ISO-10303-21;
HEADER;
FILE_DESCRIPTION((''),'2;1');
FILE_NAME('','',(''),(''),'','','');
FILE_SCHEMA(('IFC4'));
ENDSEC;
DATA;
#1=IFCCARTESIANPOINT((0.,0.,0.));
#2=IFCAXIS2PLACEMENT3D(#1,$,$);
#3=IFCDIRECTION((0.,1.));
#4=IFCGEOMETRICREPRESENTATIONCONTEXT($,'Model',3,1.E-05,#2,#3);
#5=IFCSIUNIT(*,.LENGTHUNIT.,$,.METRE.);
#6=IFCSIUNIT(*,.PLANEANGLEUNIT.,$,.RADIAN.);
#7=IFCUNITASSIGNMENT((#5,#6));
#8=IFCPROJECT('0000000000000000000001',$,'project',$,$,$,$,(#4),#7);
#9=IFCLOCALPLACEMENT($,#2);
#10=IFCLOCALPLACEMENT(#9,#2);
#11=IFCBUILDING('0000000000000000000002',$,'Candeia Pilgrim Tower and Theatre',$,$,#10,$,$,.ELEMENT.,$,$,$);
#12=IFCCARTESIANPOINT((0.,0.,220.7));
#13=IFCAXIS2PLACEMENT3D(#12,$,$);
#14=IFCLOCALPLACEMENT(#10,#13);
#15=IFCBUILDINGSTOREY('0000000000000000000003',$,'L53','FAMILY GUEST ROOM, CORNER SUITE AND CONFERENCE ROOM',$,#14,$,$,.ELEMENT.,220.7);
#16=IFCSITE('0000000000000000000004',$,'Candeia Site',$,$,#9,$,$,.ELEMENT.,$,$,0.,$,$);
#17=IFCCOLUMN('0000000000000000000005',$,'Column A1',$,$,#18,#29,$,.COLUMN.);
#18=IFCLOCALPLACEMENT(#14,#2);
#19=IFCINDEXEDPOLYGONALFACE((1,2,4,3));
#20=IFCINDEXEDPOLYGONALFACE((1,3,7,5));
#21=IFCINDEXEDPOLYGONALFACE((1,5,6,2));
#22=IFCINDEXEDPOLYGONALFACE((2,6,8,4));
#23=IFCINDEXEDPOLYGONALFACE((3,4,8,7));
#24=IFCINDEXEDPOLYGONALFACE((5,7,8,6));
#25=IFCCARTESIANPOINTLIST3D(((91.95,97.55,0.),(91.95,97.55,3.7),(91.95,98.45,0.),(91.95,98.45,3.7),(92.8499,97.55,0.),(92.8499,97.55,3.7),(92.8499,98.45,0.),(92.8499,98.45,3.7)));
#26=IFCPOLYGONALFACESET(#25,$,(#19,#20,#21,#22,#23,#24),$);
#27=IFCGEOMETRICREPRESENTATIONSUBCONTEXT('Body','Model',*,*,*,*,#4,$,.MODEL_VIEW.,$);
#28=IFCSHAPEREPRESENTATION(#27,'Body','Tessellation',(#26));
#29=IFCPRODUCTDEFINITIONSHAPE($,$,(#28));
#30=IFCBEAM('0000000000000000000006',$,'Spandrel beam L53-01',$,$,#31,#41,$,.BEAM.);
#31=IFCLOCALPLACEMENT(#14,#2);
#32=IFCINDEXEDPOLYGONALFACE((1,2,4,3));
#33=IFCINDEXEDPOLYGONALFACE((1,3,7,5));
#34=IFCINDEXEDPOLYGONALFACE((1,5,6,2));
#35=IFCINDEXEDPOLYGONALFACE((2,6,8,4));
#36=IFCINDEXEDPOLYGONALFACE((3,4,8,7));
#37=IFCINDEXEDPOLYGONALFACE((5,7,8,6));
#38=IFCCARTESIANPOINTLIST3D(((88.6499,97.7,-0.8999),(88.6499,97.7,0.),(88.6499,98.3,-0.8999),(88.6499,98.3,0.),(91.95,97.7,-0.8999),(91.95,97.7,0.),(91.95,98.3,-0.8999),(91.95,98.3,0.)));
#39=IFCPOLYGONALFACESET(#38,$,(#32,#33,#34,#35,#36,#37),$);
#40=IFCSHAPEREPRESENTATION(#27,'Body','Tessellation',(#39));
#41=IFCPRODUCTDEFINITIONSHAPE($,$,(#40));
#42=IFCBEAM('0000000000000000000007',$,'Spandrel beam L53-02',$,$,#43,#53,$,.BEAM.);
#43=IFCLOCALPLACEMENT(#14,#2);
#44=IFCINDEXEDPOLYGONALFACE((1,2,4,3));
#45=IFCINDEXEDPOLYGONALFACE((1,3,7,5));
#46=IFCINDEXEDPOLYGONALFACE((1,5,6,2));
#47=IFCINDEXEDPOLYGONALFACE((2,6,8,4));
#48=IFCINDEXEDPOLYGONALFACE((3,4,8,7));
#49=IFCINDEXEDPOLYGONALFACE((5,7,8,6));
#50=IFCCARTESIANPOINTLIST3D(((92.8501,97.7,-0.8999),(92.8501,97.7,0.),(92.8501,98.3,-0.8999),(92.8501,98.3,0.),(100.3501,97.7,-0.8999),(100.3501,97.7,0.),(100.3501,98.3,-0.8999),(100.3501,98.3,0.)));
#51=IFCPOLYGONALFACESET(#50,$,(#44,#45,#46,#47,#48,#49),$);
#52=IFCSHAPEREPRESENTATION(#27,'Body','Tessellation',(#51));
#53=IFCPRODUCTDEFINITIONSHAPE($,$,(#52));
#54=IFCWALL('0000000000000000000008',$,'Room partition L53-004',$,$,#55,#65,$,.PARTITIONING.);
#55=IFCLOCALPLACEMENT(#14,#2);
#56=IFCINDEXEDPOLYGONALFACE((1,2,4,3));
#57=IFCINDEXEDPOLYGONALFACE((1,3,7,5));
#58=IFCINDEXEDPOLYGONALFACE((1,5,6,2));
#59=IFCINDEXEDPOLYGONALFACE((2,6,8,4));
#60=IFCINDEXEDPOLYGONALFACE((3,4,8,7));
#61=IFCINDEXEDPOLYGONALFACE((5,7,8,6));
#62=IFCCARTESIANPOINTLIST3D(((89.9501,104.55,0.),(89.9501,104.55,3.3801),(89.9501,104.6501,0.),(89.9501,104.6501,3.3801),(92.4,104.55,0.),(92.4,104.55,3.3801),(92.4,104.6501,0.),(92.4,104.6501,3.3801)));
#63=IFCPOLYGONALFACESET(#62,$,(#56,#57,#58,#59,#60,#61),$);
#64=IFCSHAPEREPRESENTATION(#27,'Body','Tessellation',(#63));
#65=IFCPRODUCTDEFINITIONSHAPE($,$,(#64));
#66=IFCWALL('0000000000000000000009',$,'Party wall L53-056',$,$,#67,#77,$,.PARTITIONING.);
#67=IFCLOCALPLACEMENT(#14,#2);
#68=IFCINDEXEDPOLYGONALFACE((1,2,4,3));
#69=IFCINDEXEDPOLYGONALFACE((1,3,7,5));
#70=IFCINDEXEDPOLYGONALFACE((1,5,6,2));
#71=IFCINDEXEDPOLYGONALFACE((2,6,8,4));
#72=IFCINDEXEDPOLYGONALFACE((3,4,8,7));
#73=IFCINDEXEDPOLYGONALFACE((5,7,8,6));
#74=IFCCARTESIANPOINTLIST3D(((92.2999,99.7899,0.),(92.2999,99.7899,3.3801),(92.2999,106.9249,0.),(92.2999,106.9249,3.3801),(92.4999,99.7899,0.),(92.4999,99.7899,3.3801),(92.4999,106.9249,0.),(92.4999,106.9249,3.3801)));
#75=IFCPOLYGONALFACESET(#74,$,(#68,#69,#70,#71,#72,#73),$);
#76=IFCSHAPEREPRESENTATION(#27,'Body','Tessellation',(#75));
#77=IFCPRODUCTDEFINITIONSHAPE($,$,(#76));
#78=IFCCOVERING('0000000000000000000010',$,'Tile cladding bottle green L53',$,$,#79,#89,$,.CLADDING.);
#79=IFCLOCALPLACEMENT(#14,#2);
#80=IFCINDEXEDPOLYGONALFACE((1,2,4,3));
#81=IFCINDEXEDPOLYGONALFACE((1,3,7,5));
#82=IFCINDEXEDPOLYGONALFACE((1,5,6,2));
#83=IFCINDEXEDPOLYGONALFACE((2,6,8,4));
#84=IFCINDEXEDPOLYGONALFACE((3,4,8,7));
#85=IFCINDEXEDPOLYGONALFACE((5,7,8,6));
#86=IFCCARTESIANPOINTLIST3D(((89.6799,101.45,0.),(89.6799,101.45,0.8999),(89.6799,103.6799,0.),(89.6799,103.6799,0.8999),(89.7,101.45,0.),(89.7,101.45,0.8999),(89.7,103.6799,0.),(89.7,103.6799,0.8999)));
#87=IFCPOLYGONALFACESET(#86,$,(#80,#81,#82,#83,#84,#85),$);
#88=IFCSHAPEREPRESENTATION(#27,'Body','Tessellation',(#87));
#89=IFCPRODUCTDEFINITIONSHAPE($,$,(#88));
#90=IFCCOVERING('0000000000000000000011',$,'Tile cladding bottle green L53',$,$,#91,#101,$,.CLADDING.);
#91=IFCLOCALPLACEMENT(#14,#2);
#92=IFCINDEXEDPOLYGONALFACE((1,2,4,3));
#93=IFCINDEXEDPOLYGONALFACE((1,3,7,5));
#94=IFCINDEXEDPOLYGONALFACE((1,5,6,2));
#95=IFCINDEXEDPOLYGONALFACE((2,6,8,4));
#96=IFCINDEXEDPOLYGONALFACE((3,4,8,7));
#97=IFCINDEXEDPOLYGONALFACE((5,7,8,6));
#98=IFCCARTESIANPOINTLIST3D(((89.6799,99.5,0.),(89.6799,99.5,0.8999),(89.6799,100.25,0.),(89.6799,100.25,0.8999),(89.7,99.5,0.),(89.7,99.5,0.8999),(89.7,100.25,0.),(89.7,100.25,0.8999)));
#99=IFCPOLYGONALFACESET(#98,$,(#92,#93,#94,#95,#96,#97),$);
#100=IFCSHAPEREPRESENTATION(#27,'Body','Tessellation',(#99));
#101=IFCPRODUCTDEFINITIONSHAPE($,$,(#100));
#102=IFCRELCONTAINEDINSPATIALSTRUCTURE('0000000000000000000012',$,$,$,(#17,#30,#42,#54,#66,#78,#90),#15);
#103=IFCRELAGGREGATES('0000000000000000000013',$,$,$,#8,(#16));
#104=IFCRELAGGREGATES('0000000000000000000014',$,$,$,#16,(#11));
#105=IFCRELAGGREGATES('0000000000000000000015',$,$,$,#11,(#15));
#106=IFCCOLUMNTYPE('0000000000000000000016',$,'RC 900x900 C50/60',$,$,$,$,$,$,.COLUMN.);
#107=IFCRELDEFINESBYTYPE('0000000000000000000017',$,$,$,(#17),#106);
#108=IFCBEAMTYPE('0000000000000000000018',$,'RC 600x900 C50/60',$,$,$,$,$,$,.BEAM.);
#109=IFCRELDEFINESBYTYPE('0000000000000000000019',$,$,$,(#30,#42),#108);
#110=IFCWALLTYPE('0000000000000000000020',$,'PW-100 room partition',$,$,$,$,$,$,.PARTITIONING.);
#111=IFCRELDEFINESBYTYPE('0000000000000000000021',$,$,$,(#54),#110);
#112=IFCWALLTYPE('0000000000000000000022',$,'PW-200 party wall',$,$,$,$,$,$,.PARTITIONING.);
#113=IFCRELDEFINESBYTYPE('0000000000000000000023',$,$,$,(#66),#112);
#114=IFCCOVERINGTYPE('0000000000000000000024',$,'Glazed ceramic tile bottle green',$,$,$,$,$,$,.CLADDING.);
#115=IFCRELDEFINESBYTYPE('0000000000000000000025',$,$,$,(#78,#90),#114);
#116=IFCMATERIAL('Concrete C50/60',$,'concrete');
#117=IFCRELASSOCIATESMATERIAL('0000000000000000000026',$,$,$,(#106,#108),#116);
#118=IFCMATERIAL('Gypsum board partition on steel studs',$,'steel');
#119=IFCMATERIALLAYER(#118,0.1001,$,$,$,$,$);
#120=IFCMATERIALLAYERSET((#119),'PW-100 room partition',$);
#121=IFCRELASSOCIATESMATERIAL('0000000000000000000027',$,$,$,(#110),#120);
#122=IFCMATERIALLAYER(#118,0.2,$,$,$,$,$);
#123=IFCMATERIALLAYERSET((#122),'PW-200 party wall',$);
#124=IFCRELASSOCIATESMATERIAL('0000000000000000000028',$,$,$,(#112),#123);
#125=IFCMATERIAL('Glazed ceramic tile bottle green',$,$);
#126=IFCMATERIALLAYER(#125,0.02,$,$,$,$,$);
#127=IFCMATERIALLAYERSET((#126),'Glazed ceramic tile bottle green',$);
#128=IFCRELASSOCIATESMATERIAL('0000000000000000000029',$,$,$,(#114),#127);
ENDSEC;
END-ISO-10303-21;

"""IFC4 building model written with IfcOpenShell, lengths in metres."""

from ifc_helpers import new_model, si_unit, direction, frame, frame_2d, origin, origin_2d, place, context, subcontext, project, spatial, rectangle, extrude, material, layer, layer_set, material_profile, profile_set, type_object, element, save


model = new_model("IFC4")

# Units and contexts
model_context = context("Model", 3, precision=1e-05, world=origin(), true_north=direction((0.0, 1.0)))
body_context = subcontext(model_context, "Body", "Model", "MODEL_VIEW")
ifc_project = project(units=[si_unit("LENGTHUNIT", "METRE"), si_unit("PLANEANGLEUNIT", "RADIAN")], contexts=[model_context])

# Site, building, storey
site_placement = place(None, origin())
site = spatial("IfcSite", under=ifc_project, at=site_placement, Name="Candeia Site", CompositionType="ELEMENT", RefElevation=0.0)
building_placement = place(site_placement, origin())
building = spatial("IfcBuilding", under=site, at=building_placement, Name="Candeia Pilgrim Tower and Theatre", CompositionType="ELEMENT")
storey_placement = place(building_placement, frame((0.0, 0.0, 220.7)))
storey = spatial("IfcBuildingStorey", under=building, at=storey_placement, Name="L53", Description="FAMILY GUEST ROOM, CORNER SUITE AND CONFERENCE ROOM", CompositionType="ELEMENT", Elevation=220.7)

# Column
ifc_material_1 = material(Name="Concrete C50/60", Category="concrete")
ifc_material_profile_1 = material_profile(ifc_material_1, rectangle(XDim=0.8999, YDim=0.8999, at=origin_2d()))
ifc_profile_set_1 = profile_set([ifc_material_profile_1], Name="Concrete C50/60")
column_type = type_object("IfcColumnType", Name="RC 900x900 C50/60", PredefinedType="COLUMN", material=ifc_profile_set_1)
column_placement = place(storey_placement, frame((92.3999, 98.0, 0.0), z_axis=(0.0, 0.0, 1.0), x_axis=(1.0, 0.0, 0.0)))
element("IfcColumn", 1, at=column_placement, inside=storey, type_object=column_type, Name="Column A1", PredefinedType="COLUMN", context=body_context, shape_type="SweptSolid", body=[
    extrude(rectangle(XDim=0.8999, YDim=0.8999, at=origin_2d()), origin(), (0.0, 0.0, 1.0), 3.7),
])

# Beams
ifc_material_profile_2 = material_profile(ifc_material_1, rectangle(XDim=0.6001, YDim=0.8999, at=origin_2d()))
ifc_profile_set_2 = profile_set([ifc_material_profile_2], Name="Concrete C50/60")
beam_type = type_object("IfcBeamType", Name="RC 600x900 C50/60", PredefinedType="BEAM", material=ifc_profile_set_2)
beam_1_placement = place(storey_placement, frame((88.6499, 98.0, -0.45), z_axis=(1.0, 0.0, 0.0), x_axis=(0.0, 1.0, 0.0)))
element("IfcBeam", 2, at=beam_1_placement, inside=storey, type_object=beam_type, Name="Spandrel beam L53-01", PredefinedType="BEAM", context=body_context, shape_type="SweptSolid", body=[
    extrude(rectangle(XDim=0.6001, YDim=0.8999, at=origin_2d()), origin(), (0.0, 0.0, 1.0), 3.3),
])
beam_2_placement = place(storey_placement, frame((92.8501, 98.0, -0.45), z_axis=(1.0, 0.0, 0.0), x_axis=(0.0, 1.0, 0.0)))
element("IfcBeam", 3, at=beam_2_placement, inside=storey, type_object=beam_type, Name="Spandrel beam L53-02", PredefinedType="BEAM", context=body_context, shape_type="SweptSolid", body=[
    extrude(rectangle(XDim=0.6001, YDim=0.8999, at=origin_2d()), origin(), (0.0, 0.0, 1.0), 7.5),
])

# Walls
ifc_material_2 = material(Name="Gypsum board partition on steel studs", Category="steel")
ifc_layer_1 = layer(ifc_material_2, 0.1001)
ifc_layer_set_1 = layer_set([ifc_layer_1], Name="PW-100 room partition")
wall_type_1 = type_object("IfcWallType", Name="PW-100 room partition", PredefinedType="PARTITIONING", material=ifc_layer_set_1)
wall_1_placement = place(storey_placement, frame((89.95, 104.6001, 0.0), z_axis=(0.0, 0.0, 1.0), x_axis=(1.0, 0.0, 0.0)))
element("IfcWall", 4, at=wall_1_placement, inside=storey, type_object=wall_type_1, Name="Room partition L53-004", PredefinedType="PARTITIONING", context=body_context, shape_type="SweptSolid", body=[
    extrude(rectangle(XDim=2.45, YDim=0.1001, at=frame_2d((1.2251, 0.0))), origin(), (0.0, 0.0, 1.0), 3.3801),
])
ifc_layer_2 = layer(ifc_material_2, 0.2)
ifc_layer_set_2 = layer_set([ifc_layer_2], Name="PW-200 party wall")
wall_type_2 = type_object("IfcWallType", Name="PW-200 party wall", PredefinedType="PARTITIONING", material=ifc_layer_set_2)
wall_2_placement = place(storey_placement, frame((92.3999, 99.79, 0.0), z_axis=(0.0, 0.0, 1.0), x_axis=(0.0, 1.0, 0.0)))
element("IfcWall", 5, at=wall_2_placement, inside=storey, type_object=wall_type_2, Name="Party wall L53-056", PredefinedType="PARTITIONING", context=body_context, shape_type="SweptSolid", body=[
    extrude(rectangle(XDim=7.135, YDim=0.2, at=frame_2d((3.5674, 0.0))), origin(), (0.0, 0.0, 1.0), 3.3801),
])

# Coverings
ifc_material_3 = material(Name="Glazed ceramic tile bottle green")
ifc_layer_3 = layer(ifc_material_3, 0.02)
ifc_layer_set_3 = layer_set([ifc_layer_3], Name="Glazed ceramic tile bottle green")
covering_type = type_object("IfcCoveringType", Name="Glazed ceramic tile bottle green", PredefinedType="CLADDING", material=ifc_layer_set_3)
covering_1_placement = place(storey_placement, frame((89.6899, 102.5649, 0.0), z_axis=(0.0, 0.0, 1.0), x_axis=(0.0, -1.0, 0.0)))
element("IfcCovering", 6, at=covering_1_placement, inside=storey, type_object=covering_type, Name="Tile cladding bottle green L53", PredefinedType="CLADDING", context=body_context, shape_type="SweptSolid", body=[
    extrude(rectangle(XDim=2.23, YDim=0.02, at=origin_2d()), origin(), (0.0, 0.0, 1.0), 0.8999),
])
covering_2_placement = place(storey_placement, frame((89.6899, 99.875, 0.0), z_axis=(0.0, 0.0, 1.0), x_axis=(0.0, -1.0, 0.0)))
element("IfcCovering", 7, at=covering_2_placement, inside=storey, type_object=covering_type, Name="Tile cladding bottle green L53", PredefinedType="CLADDING", context=body_context, shape_type="SweptSolid", body=[
    extrude(rectangle(XDim=0.75, YDim=0.02, at=origin_2d()), origin(), (0.0, 0.0, 1.0), 0.8999),
])

save(model, "model.ifc")
